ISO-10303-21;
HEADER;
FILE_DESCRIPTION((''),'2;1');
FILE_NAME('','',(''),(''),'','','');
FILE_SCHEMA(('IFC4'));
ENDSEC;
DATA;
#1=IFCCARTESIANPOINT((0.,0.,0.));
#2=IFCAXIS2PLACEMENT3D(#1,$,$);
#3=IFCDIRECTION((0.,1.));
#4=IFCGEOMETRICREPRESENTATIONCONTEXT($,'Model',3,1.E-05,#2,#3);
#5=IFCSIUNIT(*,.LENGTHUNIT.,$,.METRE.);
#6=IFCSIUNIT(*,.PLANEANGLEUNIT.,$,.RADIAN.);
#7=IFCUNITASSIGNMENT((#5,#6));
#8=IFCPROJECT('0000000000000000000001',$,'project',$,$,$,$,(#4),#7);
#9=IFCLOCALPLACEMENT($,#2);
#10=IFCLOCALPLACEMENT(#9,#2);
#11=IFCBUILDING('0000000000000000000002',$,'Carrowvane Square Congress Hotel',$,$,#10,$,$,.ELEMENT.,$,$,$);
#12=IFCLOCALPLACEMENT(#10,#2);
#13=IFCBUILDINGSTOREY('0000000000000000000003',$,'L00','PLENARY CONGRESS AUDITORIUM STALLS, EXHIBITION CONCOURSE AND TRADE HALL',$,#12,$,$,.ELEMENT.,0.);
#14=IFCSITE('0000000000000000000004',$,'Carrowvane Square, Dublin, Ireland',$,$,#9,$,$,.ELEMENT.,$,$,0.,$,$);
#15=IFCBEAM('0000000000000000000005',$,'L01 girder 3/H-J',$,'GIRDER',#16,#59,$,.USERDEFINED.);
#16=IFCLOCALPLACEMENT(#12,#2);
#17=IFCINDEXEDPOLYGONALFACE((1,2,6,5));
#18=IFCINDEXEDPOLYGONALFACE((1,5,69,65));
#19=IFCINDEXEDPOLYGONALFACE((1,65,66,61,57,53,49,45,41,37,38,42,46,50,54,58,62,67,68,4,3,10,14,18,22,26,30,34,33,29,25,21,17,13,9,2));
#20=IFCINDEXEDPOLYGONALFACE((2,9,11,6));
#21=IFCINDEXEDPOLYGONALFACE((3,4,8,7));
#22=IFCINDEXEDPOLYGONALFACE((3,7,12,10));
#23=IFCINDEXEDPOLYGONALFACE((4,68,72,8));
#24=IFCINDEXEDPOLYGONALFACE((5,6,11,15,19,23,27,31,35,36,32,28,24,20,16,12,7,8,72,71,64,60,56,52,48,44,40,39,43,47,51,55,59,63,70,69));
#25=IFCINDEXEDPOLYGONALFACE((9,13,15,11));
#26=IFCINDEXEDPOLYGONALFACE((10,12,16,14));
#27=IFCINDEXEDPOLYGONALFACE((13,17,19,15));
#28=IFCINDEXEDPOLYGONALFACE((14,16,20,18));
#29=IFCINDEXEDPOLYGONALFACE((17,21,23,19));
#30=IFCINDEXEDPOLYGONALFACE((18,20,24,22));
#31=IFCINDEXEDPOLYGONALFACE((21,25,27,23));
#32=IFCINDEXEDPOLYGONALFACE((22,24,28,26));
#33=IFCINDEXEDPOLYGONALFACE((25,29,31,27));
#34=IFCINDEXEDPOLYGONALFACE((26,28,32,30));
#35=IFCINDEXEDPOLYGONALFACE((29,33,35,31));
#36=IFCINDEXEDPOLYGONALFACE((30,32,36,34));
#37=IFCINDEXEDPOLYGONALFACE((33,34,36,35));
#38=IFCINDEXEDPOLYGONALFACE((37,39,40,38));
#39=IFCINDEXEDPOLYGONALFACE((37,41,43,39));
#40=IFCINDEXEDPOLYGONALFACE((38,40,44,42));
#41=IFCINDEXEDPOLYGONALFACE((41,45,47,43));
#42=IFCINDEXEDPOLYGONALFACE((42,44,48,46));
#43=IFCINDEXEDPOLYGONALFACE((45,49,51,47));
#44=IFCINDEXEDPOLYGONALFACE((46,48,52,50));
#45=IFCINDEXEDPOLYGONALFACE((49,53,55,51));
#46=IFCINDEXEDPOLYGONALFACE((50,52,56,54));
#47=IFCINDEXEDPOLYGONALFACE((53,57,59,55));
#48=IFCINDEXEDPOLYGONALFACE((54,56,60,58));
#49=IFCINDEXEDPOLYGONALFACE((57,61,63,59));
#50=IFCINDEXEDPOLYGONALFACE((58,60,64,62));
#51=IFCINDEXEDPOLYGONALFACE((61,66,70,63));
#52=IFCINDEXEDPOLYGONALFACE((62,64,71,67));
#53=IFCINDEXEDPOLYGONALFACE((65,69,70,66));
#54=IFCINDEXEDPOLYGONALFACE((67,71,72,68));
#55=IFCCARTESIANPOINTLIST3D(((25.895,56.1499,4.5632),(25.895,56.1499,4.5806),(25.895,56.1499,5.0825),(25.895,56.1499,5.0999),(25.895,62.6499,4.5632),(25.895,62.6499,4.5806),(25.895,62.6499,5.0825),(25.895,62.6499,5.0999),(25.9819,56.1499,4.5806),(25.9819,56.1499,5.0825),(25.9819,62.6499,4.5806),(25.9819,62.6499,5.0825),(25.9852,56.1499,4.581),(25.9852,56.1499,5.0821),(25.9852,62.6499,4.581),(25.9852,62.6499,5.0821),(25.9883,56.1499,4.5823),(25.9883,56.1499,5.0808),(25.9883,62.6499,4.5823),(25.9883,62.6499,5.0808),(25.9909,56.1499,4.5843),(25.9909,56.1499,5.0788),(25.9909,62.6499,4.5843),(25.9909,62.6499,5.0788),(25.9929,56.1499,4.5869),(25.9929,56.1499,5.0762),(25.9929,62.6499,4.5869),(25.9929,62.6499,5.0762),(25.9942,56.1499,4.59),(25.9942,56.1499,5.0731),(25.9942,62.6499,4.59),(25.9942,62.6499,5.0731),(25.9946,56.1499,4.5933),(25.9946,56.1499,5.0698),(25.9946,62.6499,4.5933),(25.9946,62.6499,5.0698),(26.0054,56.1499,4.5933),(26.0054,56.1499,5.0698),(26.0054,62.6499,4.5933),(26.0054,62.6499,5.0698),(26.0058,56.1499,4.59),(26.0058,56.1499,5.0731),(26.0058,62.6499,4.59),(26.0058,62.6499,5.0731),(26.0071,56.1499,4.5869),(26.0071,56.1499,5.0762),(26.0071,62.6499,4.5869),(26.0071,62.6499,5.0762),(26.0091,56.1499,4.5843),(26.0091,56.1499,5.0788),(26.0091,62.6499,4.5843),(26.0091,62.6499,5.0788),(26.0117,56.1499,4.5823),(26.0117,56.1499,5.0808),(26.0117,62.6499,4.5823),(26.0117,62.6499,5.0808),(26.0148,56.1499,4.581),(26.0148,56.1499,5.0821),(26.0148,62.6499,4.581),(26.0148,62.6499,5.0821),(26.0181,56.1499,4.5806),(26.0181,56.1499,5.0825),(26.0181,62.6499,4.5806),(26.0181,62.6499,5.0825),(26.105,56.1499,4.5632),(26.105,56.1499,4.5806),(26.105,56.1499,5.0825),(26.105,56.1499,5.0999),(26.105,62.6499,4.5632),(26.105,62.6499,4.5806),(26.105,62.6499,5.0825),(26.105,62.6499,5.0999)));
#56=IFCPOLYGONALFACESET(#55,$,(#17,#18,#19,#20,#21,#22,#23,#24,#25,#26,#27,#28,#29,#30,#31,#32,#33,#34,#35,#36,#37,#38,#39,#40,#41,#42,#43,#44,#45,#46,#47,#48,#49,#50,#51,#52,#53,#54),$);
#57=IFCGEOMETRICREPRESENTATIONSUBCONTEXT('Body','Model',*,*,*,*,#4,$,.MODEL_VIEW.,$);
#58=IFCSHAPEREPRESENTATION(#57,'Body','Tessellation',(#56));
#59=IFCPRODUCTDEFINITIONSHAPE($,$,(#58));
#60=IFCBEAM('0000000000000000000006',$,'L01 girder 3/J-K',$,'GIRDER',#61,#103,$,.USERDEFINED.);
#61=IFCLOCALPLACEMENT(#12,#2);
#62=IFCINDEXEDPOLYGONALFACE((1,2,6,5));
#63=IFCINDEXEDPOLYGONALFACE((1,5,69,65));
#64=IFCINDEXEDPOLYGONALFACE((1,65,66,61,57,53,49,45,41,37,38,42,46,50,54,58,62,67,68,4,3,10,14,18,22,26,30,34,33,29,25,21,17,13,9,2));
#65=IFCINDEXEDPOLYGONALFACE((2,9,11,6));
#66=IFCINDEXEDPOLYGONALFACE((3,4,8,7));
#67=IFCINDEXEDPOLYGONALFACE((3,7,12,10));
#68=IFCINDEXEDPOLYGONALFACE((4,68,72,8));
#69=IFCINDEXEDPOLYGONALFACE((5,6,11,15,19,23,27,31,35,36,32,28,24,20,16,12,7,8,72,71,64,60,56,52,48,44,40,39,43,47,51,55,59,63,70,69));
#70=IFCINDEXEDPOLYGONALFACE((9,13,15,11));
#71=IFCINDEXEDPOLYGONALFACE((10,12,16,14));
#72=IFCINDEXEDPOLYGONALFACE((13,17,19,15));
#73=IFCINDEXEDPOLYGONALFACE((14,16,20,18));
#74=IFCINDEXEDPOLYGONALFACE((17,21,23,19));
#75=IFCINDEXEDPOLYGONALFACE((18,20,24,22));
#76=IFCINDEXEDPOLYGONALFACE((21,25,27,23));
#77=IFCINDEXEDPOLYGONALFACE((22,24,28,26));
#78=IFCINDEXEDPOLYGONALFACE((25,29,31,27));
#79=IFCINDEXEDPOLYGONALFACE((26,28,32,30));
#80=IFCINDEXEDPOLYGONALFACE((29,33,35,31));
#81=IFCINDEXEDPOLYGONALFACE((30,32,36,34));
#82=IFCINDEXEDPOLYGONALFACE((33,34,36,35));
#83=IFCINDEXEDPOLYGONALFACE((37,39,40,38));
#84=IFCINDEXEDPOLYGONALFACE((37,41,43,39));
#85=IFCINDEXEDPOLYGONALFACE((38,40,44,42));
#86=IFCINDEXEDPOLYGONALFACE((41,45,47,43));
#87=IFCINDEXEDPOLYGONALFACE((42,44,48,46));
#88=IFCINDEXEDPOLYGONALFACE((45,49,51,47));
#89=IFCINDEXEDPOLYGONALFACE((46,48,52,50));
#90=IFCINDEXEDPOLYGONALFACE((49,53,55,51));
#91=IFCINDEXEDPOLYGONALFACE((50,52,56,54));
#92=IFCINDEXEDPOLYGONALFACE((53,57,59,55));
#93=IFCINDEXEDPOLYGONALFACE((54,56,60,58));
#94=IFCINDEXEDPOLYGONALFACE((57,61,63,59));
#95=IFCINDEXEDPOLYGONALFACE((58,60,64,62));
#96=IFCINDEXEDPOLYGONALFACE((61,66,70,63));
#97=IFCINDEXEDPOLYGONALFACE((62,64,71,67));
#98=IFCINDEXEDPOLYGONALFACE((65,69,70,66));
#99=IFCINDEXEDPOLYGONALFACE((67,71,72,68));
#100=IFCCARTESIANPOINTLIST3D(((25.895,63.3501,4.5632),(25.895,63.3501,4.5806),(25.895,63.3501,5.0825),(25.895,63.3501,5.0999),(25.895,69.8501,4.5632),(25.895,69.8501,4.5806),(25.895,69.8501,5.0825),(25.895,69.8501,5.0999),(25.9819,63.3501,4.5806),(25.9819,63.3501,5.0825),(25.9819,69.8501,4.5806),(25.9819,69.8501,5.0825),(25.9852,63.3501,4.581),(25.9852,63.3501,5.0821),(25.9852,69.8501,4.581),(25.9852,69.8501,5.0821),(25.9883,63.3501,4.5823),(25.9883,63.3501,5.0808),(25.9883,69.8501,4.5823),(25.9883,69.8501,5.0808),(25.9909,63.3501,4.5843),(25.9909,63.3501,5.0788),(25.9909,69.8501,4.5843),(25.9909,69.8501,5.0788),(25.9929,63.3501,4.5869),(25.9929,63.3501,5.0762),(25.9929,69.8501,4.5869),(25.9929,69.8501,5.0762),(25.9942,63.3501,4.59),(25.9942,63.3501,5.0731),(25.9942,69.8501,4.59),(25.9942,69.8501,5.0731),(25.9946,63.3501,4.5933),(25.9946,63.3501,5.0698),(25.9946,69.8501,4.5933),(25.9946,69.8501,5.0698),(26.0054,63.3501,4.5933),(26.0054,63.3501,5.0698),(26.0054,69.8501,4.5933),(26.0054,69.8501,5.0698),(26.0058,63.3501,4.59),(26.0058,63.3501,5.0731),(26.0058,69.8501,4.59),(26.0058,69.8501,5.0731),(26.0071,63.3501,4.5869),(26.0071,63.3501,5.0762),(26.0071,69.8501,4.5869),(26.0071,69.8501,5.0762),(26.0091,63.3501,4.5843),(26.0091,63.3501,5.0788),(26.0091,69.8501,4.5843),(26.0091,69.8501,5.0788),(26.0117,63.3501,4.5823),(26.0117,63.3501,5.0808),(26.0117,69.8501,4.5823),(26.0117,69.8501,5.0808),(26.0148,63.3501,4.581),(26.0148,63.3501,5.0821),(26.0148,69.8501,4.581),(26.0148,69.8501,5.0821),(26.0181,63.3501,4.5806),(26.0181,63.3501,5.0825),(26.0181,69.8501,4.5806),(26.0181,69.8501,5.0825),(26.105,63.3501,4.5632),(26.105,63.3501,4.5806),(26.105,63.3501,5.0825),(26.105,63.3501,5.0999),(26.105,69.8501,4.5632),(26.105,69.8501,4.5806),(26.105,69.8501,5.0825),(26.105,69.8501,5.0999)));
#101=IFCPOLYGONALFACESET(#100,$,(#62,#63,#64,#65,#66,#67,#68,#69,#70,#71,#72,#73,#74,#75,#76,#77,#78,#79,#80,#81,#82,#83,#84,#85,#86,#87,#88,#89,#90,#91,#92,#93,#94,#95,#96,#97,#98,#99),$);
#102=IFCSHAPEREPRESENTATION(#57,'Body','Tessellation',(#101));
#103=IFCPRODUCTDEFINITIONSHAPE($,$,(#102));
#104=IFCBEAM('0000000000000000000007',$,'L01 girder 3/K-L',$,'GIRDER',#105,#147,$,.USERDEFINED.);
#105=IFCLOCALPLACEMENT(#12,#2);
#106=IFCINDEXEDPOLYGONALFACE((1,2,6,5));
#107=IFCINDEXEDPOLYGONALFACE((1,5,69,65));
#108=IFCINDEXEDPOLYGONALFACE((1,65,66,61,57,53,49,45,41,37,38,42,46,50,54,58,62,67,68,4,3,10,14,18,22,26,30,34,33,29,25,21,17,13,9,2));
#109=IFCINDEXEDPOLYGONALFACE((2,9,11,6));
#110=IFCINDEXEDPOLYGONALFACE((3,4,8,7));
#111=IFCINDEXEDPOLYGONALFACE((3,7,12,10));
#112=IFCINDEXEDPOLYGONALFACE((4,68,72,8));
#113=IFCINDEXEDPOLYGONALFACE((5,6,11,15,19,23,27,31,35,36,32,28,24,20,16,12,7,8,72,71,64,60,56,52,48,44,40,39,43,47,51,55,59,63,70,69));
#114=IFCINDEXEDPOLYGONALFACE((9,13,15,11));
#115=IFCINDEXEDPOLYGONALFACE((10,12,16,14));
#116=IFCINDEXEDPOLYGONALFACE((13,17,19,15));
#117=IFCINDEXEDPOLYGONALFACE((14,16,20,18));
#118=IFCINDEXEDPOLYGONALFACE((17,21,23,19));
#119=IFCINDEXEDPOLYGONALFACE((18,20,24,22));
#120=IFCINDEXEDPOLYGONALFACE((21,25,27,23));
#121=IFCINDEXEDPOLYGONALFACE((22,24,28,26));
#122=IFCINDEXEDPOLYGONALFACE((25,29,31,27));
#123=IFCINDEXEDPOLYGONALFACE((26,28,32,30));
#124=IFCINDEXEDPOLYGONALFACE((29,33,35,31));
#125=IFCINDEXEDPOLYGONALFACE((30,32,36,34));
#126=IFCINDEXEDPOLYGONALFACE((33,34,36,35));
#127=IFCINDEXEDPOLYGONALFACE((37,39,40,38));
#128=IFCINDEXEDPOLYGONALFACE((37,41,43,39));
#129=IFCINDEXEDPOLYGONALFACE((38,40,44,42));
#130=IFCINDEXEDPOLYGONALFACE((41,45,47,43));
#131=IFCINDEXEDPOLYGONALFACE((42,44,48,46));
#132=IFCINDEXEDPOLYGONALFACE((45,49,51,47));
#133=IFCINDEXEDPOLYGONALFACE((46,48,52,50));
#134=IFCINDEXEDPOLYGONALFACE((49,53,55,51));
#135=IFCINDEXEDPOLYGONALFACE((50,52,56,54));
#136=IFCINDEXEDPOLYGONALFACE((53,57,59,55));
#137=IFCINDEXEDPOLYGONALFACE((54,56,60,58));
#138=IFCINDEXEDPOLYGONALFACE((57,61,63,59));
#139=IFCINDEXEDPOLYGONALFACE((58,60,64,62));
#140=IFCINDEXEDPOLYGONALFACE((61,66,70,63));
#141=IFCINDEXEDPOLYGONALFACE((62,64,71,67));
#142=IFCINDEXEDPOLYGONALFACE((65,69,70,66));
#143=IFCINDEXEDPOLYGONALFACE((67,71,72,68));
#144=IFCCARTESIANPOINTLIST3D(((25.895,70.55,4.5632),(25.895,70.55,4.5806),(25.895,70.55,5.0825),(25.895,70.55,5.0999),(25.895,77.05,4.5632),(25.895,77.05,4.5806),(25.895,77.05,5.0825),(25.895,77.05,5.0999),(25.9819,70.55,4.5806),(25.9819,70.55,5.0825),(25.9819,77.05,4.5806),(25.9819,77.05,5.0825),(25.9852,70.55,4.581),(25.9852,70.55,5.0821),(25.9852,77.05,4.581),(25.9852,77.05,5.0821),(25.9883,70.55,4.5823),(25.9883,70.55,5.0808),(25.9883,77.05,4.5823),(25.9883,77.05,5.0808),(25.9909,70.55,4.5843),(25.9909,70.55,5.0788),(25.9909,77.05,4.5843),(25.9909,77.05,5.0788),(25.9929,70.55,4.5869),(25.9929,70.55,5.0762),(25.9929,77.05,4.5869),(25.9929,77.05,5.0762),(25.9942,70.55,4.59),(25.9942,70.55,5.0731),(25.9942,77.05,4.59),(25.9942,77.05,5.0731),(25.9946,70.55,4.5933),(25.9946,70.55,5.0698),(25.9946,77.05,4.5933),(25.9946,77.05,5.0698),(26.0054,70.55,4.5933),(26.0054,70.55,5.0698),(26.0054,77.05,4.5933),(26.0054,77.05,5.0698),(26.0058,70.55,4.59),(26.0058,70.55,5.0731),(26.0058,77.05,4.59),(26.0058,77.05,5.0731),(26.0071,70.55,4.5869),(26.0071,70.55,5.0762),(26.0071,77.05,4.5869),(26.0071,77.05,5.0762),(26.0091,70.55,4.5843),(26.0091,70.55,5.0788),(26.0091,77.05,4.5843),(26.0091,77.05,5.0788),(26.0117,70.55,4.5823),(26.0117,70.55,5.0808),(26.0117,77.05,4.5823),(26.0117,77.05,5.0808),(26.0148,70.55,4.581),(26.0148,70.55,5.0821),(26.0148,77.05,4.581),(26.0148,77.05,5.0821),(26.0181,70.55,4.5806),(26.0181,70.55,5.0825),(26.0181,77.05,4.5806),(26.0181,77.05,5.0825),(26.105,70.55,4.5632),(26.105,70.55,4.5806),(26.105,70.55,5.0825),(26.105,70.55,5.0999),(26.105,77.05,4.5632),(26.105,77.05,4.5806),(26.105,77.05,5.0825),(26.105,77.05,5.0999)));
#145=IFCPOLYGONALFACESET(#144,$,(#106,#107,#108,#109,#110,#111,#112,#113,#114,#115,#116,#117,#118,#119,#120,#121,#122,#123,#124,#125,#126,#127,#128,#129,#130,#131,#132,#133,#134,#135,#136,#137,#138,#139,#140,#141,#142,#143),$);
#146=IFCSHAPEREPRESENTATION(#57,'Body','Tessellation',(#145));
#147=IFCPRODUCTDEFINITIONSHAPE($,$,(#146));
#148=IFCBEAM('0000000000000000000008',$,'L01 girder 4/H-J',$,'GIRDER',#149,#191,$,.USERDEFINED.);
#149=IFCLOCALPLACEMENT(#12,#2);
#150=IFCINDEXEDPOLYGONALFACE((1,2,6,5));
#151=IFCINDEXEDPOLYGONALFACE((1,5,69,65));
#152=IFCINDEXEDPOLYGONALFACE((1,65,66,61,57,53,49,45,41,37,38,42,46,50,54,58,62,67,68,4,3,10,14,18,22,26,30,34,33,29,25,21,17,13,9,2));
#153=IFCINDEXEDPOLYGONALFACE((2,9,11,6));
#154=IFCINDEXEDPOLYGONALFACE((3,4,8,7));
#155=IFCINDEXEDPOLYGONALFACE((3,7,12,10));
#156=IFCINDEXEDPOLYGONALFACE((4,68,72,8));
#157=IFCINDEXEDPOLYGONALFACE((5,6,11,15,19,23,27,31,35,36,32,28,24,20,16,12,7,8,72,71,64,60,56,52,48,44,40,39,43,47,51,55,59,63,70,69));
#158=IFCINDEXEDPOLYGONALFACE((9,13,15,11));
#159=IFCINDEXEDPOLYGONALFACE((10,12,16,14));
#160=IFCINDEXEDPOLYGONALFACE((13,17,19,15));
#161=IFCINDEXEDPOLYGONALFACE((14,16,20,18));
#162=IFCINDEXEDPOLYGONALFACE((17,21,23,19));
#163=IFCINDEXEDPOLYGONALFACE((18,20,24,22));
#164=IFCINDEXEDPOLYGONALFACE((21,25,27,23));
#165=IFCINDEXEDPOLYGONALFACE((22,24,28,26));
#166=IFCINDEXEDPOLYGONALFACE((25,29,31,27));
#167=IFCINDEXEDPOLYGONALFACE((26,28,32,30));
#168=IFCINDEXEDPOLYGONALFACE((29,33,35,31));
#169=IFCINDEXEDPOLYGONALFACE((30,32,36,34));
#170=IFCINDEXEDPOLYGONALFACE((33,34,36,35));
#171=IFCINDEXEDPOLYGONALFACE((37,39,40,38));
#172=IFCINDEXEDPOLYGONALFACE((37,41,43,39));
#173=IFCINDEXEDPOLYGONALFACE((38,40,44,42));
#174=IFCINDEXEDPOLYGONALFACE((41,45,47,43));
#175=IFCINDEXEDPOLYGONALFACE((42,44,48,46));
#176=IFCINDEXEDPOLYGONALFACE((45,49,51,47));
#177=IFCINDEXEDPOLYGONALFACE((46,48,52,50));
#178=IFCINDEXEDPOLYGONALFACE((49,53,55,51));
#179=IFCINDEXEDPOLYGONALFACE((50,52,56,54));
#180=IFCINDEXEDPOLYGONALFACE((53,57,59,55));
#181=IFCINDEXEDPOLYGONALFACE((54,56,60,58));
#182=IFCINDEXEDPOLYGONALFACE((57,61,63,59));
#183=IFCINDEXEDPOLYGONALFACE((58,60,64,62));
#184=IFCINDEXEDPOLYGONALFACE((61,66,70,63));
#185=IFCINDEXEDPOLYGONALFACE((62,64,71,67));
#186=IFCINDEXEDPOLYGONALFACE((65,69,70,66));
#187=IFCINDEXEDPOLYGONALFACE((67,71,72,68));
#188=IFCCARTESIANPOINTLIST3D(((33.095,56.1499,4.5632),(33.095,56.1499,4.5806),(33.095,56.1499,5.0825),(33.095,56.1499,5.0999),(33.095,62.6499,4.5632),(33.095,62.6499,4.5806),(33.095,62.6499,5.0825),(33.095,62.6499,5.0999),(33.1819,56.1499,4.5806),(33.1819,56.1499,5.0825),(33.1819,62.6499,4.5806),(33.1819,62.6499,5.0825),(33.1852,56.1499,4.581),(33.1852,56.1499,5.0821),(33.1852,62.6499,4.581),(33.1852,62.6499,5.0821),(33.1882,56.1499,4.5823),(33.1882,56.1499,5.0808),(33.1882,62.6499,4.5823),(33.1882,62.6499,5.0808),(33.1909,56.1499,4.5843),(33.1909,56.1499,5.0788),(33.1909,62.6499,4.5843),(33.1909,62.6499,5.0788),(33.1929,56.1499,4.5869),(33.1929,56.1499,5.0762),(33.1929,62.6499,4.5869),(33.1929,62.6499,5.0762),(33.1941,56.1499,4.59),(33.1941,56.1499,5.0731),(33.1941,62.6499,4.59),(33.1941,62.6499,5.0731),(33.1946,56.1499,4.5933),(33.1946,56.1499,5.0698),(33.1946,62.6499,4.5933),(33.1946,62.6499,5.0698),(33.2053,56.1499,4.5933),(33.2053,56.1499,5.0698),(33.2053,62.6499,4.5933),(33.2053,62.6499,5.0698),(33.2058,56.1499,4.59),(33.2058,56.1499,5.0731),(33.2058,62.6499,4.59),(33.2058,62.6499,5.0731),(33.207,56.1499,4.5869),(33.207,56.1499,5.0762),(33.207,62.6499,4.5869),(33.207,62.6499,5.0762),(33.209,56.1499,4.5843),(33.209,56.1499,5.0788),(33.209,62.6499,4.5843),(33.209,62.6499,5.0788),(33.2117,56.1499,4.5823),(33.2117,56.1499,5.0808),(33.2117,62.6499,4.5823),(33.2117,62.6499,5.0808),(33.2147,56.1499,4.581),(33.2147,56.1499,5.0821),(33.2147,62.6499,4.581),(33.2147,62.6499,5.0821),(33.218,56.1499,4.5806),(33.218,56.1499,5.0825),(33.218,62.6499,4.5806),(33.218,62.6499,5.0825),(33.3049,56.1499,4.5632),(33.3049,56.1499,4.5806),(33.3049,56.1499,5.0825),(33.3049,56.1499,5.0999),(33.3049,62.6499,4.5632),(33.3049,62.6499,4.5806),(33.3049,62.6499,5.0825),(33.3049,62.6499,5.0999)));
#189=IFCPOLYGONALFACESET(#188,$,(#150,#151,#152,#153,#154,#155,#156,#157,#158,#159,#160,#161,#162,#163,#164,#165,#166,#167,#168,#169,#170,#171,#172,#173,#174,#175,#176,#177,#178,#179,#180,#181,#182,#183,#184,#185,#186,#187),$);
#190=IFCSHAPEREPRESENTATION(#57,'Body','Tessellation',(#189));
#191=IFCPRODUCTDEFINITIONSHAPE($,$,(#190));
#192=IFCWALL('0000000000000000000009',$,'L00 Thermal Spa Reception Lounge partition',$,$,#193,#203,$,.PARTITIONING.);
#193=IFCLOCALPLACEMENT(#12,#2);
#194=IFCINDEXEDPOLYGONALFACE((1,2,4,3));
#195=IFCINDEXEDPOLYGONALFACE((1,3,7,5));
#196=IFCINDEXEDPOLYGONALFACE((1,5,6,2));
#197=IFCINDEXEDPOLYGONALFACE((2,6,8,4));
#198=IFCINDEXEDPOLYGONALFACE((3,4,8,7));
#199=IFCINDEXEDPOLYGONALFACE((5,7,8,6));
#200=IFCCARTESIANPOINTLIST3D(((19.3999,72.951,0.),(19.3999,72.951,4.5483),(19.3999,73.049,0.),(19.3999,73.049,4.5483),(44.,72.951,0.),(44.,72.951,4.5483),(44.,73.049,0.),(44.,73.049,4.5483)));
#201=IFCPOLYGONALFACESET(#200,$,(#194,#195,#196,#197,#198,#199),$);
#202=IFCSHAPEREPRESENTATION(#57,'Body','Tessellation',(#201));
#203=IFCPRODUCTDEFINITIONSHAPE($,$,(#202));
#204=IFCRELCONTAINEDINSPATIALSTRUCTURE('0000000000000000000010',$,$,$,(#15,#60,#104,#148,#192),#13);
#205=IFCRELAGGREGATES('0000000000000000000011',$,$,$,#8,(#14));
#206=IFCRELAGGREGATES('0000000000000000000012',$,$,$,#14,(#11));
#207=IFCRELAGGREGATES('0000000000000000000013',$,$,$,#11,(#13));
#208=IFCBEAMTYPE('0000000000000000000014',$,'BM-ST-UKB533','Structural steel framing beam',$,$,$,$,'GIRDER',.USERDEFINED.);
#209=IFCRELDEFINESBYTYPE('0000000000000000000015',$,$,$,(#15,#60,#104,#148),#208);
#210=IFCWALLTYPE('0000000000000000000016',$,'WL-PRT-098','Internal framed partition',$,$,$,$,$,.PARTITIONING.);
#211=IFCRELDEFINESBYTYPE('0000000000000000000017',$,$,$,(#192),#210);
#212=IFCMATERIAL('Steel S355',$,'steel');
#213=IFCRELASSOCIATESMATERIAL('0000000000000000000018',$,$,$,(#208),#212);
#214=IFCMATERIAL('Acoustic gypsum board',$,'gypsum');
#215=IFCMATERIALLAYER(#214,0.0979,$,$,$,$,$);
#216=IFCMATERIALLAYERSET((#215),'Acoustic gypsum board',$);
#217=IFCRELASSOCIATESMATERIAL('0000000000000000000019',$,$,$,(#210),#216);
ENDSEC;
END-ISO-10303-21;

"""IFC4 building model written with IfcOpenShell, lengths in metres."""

from ifc_helpers import new_model, si_unit, direction, frame, frame_2d, origin, origin_2d, place, context, subcontext, project, spatial, rectangle, i_section, extrude, material, layer, layer_set, material_profile, profile_set, type_object, element, save


model = new_model("IFC4")

# Units and contexts
model_context = context("Model", 3, precision=1e-05, world=origin(), true_north=direction((0.0, 1.0)))
body_context = subcontext(model_context, "Body", "Model", "MODEL_VIEW")
ifc_project = project(units=[si_unit("LENGTHUNIT", "METRE"), si_unit("PLANEANGLEUNIT", "RADIAN")], contexts=[model_context])

# Site, building, storey
site_placement = place(None, origin())
site = spatial("IfcSite", under=ifc_project, at=site_placement, Name="Carrowvane Square, Dublin, Ireland", CompositionType="ELEMENT", RefElevation=0.0)
building_placement = place(site_placement, origin())
building = spatial("IfcBuilding", under=site, at=building_placement, Name="Carrowvane Square Congress Hotel", CompositionType="ELEMENT")
storey_placement = place(building_placement, origin())
storey = spatial("IfcBuildingStorey", under=building, at=storey_placement, Name="L00", Description="PLENARY CONGRESS AUDITORIUM STALLS, EXHIBITION CONCOURSE AND TRADE HALL", CompositionType="ELEMENT", Elevation=0.0)

# Beams
ifc_material_1 = material(Name="Steel S355", Category="steel")
ifc_material_profile_1 = material_profile(ifc_material_1, i_section(OverallWidth=0.21, OverallDepth=0.5366, WebThickness=0.0107, FlangeThickness=0.0173, FilletRadius=0.0127, at=origin_2d()), Name="UKB 533x210x101")
ifc_profile_set_1 = profile_set([ifc_material_profile_1], Name="Steel S355")
beam_type_1 = type_object("IfcBeamType", Name="BM-ST-UKB533", Description="Structural steel framing beam", ElementType="GIRDER", PredefinedType="USERDEFINED", material=ifc_profile_set_1)
for number, where, z_axis, x_axis, name in (
    (1, (26.0, 56.1499, 4.8315), (0.0, 1.0, 0.0), (-1.0, 0.0, 0.0), "L01 girder 3/H-J"),
    (2, (26.0, 63.3501, 4.8315), (0.0, 1.0, 0.0), (-1.0, 0.0, 0.0), "L01 girder 3/J-K"),
    (3, (26.0, 70.55, 4.8315), (0.0, 1.0, 0.0), (-1.0, 0.0, 0.0), "L01 girder 3/K-L"),
    (4, (33.2, 56.1499, 4.8315), (0.0, 1.0, 0.0), (-1.0, 0.0, 0.0), "L01 girder 4/H-J"),
):
    element("IfcBeam", number, at=place(storey_placement, frame(where, z_axis=z_axis, x_axis=x_axis)), inside=storey, type_object=beam_type_1, Name=name, ObjectType="GIRDER", PredefinedType="USERDEFINED", context=body_context, shape_type="SweptSolid", body=[
        extrude(i_section(OverallWidth=0.21, OverallDepth=0.5366, WebThickness=0.0107, FlangeThickness=0.0173, FilletRadius=0.0127, at=origin_2d()), origin(), (0.0, 0.0, 1.0), 6.5),
    ])

# Wall
ifc_material_2 = material(Name="Acoustic gypsum board", Category="gypsum")
ifc_layer_1 = layer(ifc_material_2, 0.0979)
ifc_layer_set_1 = layer_set([ifc_layer_1], Name="Acoustic gypsum board")
wall_type_1 = type_object("IfcWallType", Name="WL-PRT-098", Description="Internal framed partition", PredefinedType="PARTITIONING", material=ifc_layer_set_1)
wall_1_placement = place(storey_placement, frame((19.3999, 73.0, 0.0), z_axis=(0.0, 0.0, 1.0), x_axis=(1.0, 0.0, 0.0)))
element("IfcWall", 5, at=wall_1_placement, inside=storey, type_object=wall_type_1, Name="L00 Thermal Spa Reception Lounge partition", PredefinedType="PARTITIONING", context=body_context, shape_type="SweptSolid", body=[
    extrude(rectangle(XDim=24.6001, YDim=0.0979, at=frame_2d((12.3, 0.0))), origin(), (0.0, 0.0, 1.0), 4.5483),
])

save(model, "model.ifc")
